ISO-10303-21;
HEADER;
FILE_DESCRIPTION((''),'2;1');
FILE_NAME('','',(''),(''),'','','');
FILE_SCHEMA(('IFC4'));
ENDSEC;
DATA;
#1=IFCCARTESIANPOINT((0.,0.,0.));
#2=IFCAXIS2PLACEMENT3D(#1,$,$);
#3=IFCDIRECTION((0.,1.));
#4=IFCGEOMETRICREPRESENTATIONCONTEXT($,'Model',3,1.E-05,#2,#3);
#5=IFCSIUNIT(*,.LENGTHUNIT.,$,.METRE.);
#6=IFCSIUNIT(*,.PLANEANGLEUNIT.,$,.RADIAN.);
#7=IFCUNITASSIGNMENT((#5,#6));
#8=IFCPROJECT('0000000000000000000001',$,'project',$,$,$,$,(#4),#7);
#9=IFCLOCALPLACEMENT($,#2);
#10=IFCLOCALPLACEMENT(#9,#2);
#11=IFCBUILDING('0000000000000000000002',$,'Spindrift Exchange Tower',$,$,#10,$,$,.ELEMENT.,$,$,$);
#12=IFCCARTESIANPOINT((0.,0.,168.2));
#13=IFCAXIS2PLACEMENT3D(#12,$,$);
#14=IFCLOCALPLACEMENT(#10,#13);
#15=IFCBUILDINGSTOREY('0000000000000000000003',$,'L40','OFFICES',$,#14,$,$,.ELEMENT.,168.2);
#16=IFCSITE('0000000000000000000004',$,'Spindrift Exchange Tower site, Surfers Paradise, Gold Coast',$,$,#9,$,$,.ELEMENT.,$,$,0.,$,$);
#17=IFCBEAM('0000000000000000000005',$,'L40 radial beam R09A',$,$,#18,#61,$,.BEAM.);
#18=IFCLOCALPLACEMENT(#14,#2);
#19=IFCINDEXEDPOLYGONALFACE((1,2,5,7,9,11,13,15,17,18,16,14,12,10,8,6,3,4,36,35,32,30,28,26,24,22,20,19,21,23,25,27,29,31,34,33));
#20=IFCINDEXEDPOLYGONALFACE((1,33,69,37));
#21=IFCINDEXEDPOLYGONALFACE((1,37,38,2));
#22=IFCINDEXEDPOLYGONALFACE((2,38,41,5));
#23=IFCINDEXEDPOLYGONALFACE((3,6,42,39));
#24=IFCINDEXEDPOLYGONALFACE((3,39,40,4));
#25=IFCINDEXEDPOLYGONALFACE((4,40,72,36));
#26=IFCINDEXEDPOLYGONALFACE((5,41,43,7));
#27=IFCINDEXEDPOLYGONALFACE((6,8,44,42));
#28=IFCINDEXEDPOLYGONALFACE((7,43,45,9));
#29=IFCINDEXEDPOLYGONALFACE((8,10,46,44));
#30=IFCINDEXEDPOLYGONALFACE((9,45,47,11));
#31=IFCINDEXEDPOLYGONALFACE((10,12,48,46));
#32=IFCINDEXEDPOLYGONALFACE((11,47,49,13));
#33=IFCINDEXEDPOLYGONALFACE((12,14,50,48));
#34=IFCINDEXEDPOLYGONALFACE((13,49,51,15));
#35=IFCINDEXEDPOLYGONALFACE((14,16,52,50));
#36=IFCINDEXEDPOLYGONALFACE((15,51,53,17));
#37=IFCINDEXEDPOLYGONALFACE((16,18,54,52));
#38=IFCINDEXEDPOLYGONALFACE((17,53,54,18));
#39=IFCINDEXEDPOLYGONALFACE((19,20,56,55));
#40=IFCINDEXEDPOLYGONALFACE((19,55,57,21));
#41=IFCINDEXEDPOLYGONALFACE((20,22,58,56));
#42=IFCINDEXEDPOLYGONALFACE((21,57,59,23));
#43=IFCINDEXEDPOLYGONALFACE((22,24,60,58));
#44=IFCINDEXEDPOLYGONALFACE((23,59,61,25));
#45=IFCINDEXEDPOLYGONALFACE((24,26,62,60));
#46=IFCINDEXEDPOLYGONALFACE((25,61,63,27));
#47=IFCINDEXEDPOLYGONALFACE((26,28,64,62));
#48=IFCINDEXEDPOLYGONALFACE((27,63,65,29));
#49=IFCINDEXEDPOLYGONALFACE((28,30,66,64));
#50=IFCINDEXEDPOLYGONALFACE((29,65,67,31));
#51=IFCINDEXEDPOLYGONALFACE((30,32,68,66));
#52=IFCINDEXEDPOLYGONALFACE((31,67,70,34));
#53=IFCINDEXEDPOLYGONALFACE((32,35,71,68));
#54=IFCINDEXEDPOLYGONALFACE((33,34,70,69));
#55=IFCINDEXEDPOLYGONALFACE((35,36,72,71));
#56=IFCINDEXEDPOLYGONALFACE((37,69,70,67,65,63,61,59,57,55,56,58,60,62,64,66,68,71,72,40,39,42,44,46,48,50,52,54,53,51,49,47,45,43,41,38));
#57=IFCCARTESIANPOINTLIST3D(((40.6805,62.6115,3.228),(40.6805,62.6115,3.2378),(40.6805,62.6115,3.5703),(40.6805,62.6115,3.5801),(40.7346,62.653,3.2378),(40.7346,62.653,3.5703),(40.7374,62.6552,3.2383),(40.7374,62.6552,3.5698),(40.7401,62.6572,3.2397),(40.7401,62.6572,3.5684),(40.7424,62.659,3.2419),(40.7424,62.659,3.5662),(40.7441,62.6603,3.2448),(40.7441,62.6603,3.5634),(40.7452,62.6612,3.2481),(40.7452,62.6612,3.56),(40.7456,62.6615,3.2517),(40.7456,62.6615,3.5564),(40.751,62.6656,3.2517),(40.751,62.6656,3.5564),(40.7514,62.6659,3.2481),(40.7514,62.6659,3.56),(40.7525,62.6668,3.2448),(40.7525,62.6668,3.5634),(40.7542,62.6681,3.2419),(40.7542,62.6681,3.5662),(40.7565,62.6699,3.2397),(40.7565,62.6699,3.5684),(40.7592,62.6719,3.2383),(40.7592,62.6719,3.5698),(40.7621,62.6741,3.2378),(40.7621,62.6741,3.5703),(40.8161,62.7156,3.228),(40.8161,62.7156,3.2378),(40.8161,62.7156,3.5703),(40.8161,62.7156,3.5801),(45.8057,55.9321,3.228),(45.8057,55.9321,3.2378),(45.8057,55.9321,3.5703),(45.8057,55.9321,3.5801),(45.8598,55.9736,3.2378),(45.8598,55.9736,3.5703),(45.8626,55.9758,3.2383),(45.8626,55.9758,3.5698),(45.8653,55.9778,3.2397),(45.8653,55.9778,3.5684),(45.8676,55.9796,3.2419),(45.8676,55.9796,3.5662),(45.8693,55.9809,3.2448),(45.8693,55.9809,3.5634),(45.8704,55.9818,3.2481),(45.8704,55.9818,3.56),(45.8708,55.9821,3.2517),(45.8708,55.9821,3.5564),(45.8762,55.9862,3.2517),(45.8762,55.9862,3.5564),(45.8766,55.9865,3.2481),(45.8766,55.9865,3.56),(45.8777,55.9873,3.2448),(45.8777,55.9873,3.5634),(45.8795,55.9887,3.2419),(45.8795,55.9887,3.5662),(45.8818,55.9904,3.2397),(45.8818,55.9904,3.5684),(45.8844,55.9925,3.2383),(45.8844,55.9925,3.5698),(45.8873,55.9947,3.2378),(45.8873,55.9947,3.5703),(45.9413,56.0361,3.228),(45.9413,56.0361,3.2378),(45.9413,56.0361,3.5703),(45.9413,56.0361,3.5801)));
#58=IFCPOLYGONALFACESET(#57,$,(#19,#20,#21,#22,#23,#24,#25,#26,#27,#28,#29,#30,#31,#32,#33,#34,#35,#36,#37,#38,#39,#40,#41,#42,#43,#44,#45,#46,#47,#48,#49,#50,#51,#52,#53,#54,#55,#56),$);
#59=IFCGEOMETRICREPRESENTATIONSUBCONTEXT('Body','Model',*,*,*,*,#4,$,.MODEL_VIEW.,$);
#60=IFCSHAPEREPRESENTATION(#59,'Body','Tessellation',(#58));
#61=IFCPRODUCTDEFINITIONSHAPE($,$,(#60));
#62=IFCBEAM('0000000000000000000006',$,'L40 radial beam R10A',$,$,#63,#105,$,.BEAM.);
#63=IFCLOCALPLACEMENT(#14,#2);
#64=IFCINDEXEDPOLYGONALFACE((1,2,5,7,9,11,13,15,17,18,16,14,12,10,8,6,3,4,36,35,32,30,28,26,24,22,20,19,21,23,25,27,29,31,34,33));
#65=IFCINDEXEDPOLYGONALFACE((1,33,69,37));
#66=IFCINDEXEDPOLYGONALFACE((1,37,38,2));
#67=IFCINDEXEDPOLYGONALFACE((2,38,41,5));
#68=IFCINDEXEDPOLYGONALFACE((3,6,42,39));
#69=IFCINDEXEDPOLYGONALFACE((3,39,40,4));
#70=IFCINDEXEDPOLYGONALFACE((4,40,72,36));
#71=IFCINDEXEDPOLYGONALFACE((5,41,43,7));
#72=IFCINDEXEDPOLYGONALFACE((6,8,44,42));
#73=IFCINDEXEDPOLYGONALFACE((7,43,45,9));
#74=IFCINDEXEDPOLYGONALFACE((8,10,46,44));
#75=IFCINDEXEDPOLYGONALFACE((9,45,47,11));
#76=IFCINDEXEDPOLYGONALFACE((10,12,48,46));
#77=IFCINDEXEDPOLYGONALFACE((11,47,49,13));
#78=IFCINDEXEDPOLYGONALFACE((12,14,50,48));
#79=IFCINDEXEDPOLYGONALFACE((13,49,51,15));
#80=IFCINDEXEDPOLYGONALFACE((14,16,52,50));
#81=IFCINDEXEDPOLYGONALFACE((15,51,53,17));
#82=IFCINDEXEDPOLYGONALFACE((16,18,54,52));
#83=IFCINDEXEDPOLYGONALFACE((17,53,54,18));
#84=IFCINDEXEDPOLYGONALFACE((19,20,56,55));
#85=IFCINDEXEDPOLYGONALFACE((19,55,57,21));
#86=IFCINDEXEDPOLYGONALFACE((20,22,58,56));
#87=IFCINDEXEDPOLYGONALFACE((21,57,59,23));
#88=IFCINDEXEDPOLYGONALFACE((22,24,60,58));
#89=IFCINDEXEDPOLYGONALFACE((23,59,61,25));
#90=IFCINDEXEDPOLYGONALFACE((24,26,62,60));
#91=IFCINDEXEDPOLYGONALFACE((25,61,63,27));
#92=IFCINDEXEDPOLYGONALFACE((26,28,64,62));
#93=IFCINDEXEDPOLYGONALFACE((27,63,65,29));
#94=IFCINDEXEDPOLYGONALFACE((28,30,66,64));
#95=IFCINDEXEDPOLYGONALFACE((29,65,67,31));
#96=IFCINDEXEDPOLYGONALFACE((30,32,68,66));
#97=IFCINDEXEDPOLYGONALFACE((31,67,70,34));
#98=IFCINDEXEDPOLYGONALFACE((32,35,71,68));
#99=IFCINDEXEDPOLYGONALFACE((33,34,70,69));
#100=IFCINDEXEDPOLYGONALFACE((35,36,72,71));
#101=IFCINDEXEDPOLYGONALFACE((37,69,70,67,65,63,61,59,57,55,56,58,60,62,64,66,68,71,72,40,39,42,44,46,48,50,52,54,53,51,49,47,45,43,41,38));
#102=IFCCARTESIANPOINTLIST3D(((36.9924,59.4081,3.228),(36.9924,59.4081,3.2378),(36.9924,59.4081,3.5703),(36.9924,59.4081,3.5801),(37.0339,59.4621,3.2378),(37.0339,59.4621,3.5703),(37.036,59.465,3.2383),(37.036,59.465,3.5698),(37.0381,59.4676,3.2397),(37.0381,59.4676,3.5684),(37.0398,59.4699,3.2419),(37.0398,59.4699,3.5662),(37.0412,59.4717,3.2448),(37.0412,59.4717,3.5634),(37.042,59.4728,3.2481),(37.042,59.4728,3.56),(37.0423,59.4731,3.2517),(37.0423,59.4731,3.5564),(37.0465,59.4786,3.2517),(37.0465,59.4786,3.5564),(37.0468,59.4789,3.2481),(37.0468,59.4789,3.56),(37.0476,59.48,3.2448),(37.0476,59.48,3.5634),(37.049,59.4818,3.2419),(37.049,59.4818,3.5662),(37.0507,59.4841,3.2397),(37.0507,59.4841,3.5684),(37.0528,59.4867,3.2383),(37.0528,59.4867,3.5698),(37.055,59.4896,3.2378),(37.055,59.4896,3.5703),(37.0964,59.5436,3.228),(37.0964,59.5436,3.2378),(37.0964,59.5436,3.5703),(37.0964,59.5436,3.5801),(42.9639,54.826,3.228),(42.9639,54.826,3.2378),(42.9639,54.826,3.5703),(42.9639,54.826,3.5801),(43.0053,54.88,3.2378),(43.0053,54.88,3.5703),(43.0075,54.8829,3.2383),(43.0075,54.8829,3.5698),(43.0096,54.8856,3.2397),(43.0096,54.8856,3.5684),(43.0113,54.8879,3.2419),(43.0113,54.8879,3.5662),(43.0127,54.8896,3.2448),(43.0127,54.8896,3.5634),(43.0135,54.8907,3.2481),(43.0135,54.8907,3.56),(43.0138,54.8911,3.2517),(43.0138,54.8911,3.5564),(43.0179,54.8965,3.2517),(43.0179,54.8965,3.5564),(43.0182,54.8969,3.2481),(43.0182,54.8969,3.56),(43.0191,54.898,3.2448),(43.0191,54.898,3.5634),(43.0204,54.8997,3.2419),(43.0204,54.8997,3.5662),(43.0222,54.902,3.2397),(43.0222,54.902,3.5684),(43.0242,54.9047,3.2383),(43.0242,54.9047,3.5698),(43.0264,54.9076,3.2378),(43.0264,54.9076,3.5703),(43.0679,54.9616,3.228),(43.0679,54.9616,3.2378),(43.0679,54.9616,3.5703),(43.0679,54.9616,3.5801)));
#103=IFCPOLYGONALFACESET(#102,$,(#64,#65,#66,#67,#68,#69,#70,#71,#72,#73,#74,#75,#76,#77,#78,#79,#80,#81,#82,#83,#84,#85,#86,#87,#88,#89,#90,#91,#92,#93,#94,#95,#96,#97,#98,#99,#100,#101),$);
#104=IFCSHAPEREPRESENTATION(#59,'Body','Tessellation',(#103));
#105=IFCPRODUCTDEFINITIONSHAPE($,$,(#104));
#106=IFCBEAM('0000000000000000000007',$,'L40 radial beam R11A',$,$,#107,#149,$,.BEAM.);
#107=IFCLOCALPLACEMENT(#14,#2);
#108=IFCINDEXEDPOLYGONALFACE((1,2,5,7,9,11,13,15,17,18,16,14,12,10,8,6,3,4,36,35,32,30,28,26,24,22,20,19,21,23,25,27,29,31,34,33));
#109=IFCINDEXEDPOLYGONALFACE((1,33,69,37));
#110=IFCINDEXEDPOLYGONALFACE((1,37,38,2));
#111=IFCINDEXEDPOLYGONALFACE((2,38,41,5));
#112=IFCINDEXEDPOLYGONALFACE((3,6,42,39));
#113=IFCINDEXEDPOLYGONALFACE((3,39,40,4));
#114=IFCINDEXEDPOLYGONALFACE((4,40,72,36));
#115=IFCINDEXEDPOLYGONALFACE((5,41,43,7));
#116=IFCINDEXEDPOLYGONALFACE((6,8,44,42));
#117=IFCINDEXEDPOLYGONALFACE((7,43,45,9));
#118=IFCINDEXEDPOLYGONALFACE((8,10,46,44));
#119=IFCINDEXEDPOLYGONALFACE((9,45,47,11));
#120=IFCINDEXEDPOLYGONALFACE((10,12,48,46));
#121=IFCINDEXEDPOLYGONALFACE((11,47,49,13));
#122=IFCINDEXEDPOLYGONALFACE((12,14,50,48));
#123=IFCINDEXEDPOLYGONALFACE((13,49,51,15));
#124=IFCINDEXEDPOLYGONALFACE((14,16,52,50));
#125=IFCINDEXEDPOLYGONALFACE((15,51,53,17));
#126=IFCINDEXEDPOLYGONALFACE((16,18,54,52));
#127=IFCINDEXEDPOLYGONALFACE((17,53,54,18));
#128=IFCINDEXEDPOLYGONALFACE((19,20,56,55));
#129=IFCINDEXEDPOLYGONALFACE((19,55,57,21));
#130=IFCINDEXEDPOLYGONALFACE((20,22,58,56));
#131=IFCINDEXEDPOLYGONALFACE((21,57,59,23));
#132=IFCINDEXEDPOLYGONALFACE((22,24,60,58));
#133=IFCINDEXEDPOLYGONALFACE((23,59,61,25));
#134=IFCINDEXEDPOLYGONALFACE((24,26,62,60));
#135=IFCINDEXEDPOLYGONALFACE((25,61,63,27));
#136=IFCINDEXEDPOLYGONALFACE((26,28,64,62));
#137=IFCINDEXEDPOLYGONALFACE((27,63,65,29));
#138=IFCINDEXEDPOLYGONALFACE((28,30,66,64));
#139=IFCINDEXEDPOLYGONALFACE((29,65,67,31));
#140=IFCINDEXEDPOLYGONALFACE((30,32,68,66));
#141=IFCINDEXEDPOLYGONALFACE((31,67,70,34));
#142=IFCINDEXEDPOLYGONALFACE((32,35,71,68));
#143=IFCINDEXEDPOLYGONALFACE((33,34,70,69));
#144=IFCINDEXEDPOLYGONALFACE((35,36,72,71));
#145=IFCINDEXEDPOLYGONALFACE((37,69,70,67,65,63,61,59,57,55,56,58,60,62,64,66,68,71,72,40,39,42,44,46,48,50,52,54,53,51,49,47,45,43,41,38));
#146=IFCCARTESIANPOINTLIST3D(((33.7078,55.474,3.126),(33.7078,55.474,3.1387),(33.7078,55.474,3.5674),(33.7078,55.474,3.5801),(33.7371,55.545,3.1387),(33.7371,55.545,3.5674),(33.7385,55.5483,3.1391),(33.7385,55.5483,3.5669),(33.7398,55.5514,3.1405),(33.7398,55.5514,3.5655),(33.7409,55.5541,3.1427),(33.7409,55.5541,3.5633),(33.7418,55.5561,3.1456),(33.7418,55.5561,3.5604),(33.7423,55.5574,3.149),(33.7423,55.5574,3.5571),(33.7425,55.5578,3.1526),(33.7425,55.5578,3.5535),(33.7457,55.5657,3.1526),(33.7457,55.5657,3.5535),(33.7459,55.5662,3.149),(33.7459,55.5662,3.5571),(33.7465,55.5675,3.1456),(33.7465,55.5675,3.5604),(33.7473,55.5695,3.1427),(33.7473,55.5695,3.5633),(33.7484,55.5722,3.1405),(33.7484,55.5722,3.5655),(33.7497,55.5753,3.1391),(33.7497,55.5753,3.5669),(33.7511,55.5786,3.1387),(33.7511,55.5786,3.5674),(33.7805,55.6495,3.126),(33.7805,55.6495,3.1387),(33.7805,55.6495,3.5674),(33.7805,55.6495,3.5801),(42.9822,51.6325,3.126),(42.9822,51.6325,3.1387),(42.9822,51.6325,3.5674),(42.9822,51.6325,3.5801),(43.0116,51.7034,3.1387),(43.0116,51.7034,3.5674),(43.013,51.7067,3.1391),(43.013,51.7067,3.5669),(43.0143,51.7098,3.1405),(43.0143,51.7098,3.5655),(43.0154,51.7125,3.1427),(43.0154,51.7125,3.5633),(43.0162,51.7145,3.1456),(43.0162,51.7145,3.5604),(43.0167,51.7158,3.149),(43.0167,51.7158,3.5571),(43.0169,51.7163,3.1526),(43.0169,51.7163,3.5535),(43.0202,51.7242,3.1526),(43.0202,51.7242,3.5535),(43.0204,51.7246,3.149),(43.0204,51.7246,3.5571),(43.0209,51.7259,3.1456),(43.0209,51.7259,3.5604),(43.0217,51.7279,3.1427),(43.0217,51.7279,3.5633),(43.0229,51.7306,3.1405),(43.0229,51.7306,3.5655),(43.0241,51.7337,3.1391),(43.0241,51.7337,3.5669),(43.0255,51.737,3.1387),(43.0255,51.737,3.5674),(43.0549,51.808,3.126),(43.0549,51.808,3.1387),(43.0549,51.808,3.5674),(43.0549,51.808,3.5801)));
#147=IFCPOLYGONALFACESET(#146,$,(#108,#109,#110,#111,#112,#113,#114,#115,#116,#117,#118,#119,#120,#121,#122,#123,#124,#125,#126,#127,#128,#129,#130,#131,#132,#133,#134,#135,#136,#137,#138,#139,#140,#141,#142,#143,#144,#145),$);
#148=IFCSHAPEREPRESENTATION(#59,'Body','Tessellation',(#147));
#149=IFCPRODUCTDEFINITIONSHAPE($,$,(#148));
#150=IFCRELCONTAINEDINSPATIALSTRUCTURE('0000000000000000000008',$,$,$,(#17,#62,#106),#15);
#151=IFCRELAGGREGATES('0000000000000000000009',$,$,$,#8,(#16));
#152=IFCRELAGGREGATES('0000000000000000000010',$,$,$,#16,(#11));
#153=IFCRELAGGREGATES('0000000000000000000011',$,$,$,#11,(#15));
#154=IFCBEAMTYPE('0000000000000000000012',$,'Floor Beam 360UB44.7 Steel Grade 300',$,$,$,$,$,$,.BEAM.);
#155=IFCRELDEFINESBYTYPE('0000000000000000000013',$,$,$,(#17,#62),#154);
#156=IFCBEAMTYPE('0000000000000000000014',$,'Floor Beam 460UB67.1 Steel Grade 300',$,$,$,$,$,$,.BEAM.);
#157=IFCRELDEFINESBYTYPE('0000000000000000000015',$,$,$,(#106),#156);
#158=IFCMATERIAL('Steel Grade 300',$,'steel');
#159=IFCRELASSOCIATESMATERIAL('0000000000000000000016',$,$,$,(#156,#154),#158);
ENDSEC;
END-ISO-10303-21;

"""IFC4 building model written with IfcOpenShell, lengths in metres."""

from ifc_helpers import new_model, si_unit, direction, frame, origin, origin_2d, place, context, subcontext, project, spatial, i_section, extrude, source, transform, mapped, material, material_profile, profile_set, type_object, element, save


model = new_model("IFC4")

# Units and contexts
model_context = context("Model", 3, precision=1e-05, world=origin(), true_north=direction((0.0, 1.0)))
body_context = subcontext(model_context, "Body", "Model", "MODEL_VIEW")
ifc_project = project(units=[si_unit("LENGTHUNIT", "METRE"), si_unit("PLANEANGLEUNIT", "RADIAN")], contexts=[model_context])

# Site, building, storey
site_placement = place(None, origin())
site = spatial("IfcSite", under=ifc_project, at=site_placement, Name="Spindrift Exchange Tower site, Surfers Paradise, Gold Coast", CompositionType="ELEMENT", RefElevation=0.0)
building_placement = place(site_placement, origin())
building = spatial("IfcBuilding", under=site, at=building_placement, Name="Spindrift Exchange Tower", CompositionType="ELEMENT")
storey_placement = place(building_placement, frame((0.0, 0.0, 168.2)))
storey = spatial("IfcBuildingStorey", under=building, at=storey_placement, Name="L40", Description="OFFICES", CompositionType="ELEMENT", Elevation=168.2)

# Beams
ifc_material_1 = material(Name="Steel Grade 300", Category="steel")
ifc_material_profile_1 = material_profile(ifc_material_1, i_section(OverallWidth=0.1899, OverallDepth=0.4541, WebThickness=0.0085, FlangeThickness=0.0127, FilletRadius=0.0139, at=origin_2d()), Name="460UB67.1")
ifc_profile_set_1 = profile_set([ifc_material_profile_1], Name="Steel Grade 300")
beam_type_1 = type_object("IfcBeamType", Name="Floor Beam 460UB67.1 Steel Grade 300", PredefinedType="BEAM", material=ifc_profile_set_1)
ifc_material_profile_2 = material_profile(ifc_material_1, i_section(OverallWidth=0.1709, OverallDepth=0.3521, WebThickness=0.0068, FlangeThickness=0.0098, FilletRadius=0.0139, at=origin_2d()), Name="360UB44.7")
ifc_profile_set_2 = profile_set([ifc_material_profile_2], Name="Steel Grade 300")
beam_type_2 = type_object("IfcBeamType", Name="Floor Beam 360UB44.7 Steel Grade 300", PredefinedType="BEAM", material=ifc_profile_set_2)
shared_shape_1 = source(origin(), body_context, "Body", "SweptSolid", [
    extrude(i_section(OverallWidth=0.1709, OverallDepth=0.3521, WebThickness=0.0068, FlangeThickness=0.0098, FilletRadius=0.0139, at=origin_2d()), origin(), (0.0, 0.0, 1.0), 8.4192),
])
beam_1_placement = place(storey_placement, frame((45.8735, 55.9841, 3.4041), z_axis=(-0.608756, 0.793358, 0.0), x_axis=(-0.793358, -0.608756, 0.0)))
element("IfcBeam", 1, at=beam_1_placement, inside=storey, type_object=beam_type_2, Name="L40 radial beam R09A", PredefinedType="BEAM", context=body_context, shape_type="MappedRepresentation", body=[
    mapped(shared_shape_1, transform((0.0, 0.0, 0.0), scale=1.0)),
])
shared_shape_2 = source(origin(), body_context, "Body", "SweptSolid", [
    extrude(i_section(OverallWidth=0.1709, OverallDepth=0.3521, WebThickness=0.0068, FlangeThickness=0.0098, FilletRadius=0.0139, at=origin_2d()), origin(), (0.0, 0.0, 1.0), 7.5269),
])
beam_2_placement = place(storey_placement, frame((43.0159, 54.8938, 3.4041), z_axis=(-0.793354, 0.60876, 0.0), x_axis=(-0.60876, -0.793354, 0.0)))
element("IfcBeam", 2, at=beam_2_placement, inside=storey, type_object=beam_type_2, Name="L40 radial beam R10A", PredefinedType="BEAM", context=body_context, shape_type="MappedRepresentation", body=[
    mapped(shared_shape_2, transform((0.0, 0.0, 0.0), scale=1.0)),
])
shared_shape_3 = source(origin(), body_context, "Body", "SweptSolid", [
    extrude(i_section(OverallWidth=0.1899, OverallDepth=0.4541, WebThickness=0.0085, FlangeThickness=0.0127, FilletRadius=0.0139, at=origin_2d()), origin(), (0.0, 0.0, 1.0), 10.0386),
])
beam_3_placement = place(storey_placement, frame((43.0186, 51.7202, 3.353), z_axis=(-0.923881, 0.38268, 0.0), x_axis=(-0.38268, -0.923881, 0.0)))
element("IfcBeam", 3, at=beam_3_placement, inside=storey, type_object=beam_type_1, Name="L40 radial beam R11A", PredefinedType="BEAM", context=body_context, shape_type="MappedRepresentation", body=[
    mapped(shared_shape_3, transform((0.0, 0.0, 0.0), scale=1.0)),
])

save(model, "model.ifc")
